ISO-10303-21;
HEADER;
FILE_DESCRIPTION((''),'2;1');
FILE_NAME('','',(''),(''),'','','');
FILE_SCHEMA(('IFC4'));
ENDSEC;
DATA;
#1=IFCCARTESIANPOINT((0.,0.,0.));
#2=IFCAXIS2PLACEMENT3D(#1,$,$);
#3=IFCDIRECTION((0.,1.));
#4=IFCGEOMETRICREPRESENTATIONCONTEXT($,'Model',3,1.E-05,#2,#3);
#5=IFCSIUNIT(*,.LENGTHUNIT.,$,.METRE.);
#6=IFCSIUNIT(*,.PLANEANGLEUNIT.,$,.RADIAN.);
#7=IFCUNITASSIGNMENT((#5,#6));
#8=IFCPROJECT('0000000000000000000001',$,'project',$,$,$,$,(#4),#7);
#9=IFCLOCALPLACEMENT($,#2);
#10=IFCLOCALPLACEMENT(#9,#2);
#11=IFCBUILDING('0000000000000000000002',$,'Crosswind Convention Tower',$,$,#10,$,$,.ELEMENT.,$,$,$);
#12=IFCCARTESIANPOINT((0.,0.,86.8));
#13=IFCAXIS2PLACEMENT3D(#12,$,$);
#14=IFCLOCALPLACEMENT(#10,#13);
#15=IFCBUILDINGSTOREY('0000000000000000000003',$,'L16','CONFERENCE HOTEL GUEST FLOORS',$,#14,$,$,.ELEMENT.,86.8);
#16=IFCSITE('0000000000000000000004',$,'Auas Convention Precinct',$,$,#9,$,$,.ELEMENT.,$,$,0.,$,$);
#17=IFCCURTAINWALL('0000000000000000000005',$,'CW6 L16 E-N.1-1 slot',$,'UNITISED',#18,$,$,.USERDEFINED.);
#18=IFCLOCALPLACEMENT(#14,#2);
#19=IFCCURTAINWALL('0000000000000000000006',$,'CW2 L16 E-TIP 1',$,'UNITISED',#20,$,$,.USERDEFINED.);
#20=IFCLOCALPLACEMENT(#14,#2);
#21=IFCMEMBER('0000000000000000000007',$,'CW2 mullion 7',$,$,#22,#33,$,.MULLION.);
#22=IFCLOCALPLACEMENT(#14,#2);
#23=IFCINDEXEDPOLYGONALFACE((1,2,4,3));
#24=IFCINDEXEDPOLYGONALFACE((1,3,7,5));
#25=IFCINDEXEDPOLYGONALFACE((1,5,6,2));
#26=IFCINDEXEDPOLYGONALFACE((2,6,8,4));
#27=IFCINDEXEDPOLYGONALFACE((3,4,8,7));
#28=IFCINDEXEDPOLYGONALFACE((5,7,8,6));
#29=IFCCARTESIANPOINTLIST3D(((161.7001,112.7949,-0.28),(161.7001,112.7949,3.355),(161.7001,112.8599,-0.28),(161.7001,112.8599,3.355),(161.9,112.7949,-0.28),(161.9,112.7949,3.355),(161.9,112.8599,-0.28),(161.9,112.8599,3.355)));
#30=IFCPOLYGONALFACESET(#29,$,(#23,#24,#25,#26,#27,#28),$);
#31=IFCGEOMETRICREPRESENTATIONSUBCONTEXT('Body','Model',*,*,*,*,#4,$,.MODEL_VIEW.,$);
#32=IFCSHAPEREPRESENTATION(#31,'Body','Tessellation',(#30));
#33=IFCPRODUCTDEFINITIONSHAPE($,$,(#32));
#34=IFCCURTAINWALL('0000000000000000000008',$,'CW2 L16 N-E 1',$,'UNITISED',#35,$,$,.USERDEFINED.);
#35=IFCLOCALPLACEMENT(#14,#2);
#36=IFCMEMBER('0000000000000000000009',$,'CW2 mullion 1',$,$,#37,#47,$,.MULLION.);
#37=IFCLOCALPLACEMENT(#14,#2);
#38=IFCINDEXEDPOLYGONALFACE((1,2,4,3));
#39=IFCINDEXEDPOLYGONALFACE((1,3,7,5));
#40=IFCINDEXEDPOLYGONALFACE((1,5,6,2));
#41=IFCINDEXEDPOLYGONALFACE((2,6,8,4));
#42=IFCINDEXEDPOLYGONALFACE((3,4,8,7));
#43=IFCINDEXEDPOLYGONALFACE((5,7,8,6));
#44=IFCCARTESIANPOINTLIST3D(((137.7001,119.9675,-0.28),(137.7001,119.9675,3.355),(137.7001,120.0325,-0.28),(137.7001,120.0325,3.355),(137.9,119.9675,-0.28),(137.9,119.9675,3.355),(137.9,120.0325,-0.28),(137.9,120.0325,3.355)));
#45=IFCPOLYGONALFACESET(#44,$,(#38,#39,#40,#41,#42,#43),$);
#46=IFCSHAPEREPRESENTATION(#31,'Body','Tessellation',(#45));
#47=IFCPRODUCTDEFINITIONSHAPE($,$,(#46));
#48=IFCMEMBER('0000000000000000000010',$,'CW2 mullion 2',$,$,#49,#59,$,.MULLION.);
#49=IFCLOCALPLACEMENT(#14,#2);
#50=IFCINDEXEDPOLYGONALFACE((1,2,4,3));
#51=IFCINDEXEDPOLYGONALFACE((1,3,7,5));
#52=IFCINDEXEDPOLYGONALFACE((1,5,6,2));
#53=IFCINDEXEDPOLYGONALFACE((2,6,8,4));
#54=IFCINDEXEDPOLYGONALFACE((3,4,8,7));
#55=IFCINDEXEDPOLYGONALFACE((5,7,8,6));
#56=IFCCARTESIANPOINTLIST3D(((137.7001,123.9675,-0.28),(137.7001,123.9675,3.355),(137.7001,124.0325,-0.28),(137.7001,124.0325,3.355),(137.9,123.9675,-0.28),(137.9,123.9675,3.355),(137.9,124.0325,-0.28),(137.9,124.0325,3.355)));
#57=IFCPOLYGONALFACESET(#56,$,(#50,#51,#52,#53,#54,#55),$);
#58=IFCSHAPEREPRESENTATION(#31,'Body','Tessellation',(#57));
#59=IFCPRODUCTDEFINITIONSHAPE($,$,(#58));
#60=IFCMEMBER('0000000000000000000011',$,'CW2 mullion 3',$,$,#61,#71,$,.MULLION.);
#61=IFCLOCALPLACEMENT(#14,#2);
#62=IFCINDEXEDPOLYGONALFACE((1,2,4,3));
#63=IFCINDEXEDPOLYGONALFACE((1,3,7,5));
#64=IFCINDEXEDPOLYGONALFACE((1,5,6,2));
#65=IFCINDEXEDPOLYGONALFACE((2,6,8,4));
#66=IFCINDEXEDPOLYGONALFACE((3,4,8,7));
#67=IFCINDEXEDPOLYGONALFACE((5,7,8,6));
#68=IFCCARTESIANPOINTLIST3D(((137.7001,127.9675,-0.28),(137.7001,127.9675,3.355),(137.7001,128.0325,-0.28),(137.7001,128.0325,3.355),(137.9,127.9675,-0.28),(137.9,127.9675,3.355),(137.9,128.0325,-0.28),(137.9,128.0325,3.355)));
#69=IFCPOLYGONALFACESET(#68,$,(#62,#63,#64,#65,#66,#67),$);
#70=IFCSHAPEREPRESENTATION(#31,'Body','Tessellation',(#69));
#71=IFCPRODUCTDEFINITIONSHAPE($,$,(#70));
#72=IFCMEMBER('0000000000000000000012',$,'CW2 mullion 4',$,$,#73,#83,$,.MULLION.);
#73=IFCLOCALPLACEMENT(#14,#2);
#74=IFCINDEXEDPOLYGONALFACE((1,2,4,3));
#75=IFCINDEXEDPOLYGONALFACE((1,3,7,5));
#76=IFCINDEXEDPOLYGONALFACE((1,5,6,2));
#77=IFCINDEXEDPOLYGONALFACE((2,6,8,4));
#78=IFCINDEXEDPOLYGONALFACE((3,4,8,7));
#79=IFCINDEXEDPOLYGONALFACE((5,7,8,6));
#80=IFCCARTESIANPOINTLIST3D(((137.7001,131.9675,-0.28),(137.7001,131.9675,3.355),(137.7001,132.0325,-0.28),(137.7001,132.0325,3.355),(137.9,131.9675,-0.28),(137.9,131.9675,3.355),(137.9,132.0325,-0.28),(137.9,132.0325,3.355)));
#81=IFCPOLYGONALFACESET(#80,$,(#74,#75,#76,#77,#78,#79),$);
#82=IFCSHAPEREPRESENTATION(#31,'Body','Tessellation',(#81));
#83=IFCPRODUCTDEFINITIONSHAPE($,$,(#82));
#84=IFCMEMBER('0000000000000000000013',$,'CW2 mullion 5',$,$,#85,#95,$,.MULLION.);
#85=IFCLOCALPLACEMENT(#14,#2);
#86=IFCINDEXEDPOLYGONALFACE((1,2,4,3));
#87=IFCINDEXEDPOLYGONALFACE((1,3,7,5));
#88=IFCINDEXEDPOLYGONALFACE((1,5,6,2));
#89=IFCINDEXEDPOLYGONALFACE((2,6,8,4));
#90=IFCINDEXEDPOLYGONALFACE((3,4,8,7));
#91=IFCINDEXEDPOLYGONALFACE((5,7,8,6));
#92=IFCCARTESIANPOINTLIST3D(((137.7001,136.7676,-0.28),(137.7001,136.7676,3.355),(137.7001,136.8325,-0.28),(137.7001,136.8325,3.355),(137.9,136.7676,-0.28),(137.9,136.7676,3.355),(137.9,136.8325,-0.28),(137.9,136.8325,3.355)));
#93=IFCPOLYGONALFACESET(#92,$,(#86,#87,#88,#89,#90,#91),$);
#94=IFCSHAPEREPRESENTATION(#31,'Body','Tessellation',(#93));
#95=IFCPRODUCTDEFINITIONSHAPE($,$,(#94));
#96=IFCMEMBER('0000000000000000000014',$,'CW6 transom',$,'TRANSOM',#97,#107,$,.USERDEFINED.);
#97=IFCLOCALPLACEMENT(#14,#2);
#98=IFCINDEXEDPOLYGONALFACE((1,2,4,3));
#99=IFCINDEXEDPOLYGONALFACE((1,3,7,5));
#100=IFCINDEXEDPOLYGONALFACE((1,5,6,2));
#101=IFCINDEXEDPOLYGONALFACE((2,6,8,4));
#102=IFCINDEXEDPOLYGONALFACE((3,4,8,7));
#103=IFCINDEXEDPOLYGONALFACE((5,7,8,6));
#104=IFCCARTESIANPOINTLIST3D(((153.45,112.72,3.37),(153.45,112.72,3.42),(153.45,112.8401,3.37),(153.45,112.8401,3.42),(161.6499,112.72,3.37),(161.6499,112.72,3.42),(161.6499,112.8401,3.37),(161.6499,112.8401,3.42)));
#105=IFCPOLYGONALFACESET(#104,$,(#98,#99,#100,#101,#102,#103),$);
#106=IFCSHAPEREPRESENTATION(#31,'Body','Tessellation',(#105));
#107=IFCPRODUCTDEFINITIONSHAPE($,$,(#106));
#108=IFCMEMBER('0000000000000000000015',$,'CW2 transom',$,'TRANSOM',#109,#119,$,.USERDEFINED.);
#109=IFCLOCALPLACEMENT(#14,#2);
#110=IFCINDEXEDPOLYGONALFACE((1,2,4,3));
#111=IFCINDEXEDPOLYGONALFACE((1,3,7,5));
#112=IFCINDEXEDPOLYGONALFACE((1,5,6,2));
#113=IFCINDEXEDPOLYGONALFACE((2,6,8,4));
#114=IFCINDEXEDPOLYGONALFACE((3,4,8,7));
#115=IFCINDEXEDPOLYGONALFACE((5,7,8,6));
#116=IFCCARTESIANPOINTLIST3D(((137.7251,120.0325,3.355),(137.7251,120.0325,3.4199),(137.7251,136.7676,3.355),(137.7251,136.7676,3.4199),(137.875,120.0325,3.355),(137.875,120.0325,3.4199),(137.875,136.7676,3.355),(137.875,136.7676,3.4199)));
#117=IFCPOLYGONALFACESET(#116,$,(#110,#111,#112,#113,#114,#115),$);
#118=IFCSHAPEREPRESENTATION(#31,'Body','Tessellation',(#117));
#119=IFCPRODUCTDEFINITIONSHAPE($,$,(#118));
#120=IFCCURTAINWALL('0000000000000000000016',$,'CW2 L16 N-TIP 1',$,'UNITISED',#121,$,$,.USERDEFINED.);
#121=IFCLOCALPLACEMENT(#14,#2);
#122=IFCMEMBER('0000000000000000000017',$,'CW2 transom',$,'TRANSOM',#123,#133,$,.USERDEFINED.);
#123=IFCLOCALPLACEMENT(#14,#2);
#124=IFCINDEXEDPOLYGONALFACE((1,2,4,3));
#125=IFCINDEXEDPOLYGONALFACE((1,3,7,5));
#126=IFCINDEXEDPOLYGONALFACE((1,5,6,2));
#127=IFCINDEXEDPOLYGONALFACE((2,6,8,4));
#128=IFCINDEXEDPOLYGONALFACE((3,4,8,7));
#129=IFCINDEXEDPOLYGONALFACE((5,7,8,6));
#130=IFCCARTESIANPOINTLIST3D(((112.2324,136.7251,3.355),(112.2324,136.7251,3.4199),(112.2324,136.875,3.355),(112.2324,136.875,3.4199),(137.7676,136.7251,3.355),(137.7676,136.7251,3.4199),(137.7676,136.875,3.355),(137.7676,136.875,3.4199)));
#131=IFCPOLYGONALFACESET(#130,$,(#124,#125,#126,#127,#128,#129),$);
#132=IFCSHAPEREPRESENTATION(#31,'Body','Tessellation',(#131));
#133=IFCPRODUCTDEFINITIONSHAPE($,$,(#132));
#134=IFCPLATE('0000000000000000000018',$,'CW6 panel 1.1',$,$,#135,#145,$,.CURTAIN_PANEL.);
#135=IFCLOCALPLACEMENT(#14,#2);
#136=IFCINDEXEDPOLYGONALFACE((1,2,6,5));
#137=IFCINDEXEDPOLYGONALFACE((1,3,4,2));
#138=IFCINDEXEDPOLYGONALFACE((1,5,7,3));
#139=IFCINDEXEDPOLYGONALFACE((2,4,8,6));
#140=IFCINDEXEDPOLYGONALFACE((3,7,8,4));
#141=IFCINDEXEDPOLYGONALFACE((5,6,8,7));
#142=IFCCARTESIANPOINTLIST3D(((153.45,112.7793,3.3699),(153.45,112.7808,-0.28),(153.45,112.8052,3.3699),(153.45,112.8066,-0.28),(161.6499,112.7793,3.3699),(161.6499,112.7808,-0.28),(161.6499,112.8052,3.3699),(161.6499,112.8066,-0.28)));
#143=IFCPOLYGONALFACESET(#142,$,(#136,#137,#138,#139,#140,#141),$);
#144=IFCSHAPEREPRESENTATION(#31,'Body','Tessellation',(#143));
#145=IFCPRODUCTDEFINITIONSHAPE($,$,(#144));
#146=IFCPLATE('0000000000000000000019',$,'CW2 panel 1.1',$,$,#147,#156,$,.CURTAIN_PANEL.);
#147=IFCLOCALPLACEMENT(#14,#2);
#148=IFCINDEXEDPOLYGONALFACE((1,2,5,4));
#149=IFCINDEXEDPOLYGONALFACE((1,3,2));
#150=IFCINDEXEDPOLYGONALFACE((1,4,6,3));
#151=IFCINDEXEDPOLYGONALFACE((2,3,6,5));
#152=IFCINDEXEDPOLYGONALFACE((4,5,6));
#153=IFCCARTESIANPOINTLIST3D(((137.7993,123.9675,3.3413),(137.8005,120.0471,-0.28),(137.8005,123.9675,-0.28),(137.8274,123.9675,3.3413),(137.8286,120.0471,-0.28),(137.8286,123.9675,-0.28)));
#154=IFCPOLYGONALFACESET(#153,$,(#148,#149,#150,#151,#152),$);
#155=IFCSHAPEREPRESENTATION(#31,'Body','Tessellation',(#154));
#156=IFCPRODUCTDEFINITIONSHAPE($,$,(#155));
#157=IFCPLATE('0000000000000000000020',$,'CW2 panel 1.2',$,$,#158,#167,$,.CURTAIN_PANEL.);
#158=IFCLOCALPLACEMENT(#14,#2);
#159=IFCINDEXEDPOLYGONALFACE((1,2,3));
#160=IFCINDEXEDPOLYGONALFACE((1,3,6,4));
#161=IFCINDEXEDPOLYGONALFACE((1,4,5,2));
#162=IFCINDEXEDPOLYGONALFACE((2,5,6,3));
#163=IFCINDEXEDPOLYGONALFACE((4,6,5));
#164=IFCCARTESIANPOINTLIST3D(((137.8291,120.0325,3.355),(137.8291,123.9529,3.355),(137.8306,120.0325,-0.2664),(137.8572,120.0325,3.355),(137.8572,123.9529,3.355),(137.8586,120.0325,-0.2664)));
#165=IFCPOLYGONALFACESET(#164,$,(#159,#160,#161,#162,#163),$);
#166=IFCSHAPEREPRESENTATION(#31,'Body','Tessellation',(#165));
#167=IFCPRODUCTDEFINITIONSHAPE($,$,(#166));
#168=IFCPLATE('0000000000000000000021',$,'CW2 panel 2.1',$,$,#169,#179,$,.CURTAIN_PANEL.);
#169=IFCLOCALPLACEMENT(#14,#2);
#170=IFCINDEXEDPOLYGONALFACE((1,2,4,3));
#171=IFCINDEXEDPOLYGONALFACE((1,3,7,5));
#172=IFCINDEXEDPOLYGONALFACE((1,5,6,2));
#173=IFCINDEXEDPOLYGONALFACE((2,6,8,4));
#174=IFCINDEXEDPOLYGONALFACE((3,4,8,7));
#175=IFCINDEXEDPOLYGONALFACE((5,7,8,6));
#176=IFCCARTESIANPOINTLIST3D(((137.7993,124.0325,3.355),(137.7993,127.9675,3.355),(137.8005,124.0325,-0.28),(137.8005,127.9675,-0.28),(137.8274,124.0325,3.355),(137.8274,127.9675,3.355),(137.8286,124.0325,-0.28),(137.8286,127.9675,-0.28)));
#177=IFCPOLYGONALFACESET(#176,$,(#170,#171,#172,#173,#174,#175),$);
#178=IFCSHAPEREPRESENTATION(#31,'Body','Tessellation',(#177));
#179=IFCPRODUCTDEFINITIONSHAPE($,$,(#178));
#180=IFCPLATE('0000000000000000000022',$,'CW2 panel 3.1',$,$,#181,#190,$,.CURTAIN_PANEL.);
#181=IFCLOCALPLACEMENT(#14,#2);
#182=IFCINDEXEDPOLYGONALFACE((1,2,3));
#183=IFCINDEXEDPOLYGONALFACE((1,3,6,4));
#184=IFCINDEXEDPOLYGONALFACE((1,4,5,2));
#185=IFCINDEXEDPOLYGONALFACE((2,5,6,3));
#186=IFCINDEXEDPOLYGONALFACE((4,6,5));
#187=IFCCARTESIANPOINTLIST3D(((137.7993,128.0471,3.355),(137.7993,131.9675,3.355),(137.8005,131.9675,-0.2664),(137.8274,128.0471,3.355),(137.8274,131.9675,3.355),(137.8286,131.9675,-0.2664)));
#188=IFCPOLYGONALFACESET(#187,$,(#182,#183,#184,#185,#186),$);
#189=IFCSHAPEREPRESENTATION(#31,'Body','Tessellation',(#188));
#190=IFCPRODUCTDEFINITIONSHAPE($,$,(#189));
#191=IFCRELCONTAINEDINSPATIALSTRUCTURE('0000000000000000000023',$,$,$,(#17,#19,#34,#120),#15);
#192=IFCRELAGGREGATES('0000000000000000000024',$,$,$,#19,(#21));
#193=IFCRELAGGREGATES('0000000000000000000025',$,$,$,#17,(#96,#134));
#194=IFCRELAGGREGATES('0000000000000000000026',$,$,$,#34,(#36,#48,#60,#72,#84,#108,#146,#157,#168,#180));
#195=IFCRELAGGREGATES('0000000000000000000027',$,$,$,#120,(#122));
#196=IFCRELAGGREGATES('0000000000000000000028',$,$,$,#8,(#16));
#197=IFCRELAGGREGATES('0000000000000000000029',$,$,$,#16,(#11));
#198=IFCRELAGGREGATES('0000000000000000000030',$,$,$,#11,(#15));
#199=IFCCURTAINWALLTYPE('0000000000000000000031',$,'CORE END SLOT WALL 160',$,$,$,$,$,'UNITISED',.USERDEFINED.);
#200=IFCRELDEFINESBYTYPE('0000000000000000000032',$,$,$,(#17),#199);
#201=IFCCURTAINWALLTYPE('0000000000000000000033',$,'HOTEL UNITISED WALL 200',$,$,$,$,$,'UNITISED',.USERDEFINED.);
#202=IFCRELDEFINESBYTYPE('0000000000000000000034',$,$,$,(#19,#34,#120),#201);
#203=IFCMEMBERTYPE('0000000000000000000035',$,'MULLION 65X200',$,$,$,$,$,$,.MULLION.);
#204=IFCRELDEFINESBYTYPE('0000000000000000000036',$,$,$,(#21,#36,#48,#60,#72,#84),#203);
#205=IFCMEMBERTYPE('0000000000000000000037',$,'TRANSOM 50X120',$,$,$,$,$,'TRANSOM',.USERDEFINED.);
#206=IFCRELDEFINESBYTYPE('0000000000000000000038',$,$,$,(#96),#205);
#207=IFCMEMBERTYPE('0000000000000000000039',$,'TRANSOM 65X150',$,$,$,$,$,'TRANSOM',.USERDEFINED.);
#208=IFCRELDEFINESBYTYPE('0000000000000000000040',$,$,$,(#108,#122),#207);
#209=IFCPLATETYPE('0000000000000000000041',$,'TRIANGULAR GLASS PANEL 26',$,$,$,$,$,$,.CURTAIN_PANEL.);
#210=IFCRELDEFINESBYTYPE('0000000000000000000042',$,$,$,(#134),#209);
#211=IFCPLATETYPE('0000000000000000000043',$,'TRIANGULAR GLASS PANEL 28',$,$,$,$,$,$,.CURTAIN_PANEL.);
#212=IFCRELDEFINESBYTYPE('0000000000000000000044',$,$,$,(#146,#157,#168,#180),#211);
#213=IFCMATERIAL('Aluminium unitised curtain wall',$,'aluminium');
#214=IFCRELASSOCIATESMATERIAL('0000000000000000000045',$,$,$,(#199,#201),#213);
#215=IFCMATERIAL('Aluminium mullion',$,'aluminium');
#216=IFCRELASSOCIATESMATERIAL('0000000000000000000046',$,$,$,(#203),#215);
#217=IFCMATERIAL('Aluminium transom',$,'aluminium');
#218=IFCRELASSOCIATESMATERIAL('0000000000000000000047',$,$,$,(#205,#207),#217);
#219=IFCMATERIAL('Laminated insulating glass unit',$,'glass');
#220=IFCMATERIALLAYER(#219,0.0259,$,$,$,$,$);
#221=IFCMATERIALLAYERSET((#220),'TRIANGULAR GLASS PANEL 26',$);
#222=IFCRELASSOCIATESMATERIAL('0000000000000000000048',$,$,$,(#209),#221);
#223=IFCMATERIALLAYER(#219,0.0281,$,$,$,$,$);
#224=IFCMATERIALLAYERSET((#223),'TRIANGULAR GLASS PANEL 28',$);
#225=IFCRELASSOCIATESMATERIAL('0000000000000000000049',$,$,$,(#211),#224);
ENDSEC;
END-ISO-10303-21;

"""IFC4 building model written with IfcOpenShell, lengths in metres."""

from ifc_helpers import new_model, si_unit, direction, frame, origin, origin_2d, place, context, subcontext, project, spatial, polyline, rectangle, outline, extrude, material, layer, layer_set, material_profile, profile_set, type_object, element, aggregate, save


model = new_model("IFC4")

# Units and contexts
model_context = context("Model", 3, precision=1e-05, world=origin(), true_north=direction((0.0, 1.0)))
body_context = subcontext(model_context, "Body", "Model", "MODEL_VIEW")
ifc_project = project(units=[si_unit("LENGTHUNIT", "METRE"), si_unit("PLANEANGLEUNIT", "RADIAN")], contexts=[model_context])

# Site, building, storey
site_placement = place(None, origin())
site = spatial("IfcSite", under=ifc_project, at=site_placement, Name="Auas Convention Precinct", CompositionType="ELEMENT", RefElevation=0.0)
building_placement = place(site_placement, origin())
building = spatial("IfcBuilding", under=site, at=building_placement, Name="Crosswind Convention Tower", CompositionType="ELEMENT")
storey_placement = place(building_placement, frame((0.0, 0.0, 86.8)))
storey = spatial("IfcBuildingStorey", under=building, at=storey_placement, Name="L16", Description="CONFERENCE HOTEL GUEST FLOORS", CompositionType="ELEMENT", Elevation=86.8)

# Curtain wall
ifc_material_1 = material(Name="Aluminium unitised curtain wall", Category="aluminium")
curtain_wall_type_1 = type_object("IfcCurtainWallType", Name="CORE END SLOT WALL 160", ElementType="UNITISED", PredefinedType="USERDEFINED", material=ifc_material_1)
curtain_wall_1_placement = place(storey_placement, origin())
curtain_wall_1 = element("IfcCurtainWall", 1, at=curtain_wall_1_placement, inside=storey, type_object=curtain_wall_type_1, Name="CW6 L16 E-N.1-1 slot", ObjectType="UNITISED", PredefinedType="USERDEFINED")
ifc_material_2 = material(Name="Aluminium mullion", Category="aluminium")

# Curtain wall, member
curtain_wall_type_2 = type_object("IfcCurtainWallType", Name="HOTEL UNITISED WALL 200", ElementType="UNITISED", PredefinedType="USERDEFINED", material=ifc_material_1)
curtain_wall_2_placement = place(storey_placement, origin())
curtain_wall_2 = element("IfcCurtainWall", 2, at=curtain_wall_2_placement, inside=storey, type_object=curtain_wall_type_2, Name="CW2 L16 E-TIP 1", ObjectType="UNITISED", PredefinedType="USERDEFINED")
ifc_material_profile_1 = material_profile(ifc_material_2, rectangle(XDim=0.2, YDim=0.0649, at=origin_2d()), Name="AL 200X65")
ifc_profile_set_1 = profile_set([ifc_material_profile_1], Name="Aluminium mullion")
member_type_1 = type_object("IfcMemberType", Name="MULLION 65X200", PredefinedType="MULLION", material=ifc_profile_set_1)
member_1_placement = place(storey_placement, frame((161.8, 112.8274, -0.28), z_axis=(0.0, 0.0, 1.0), x_axis=(1.0, 0.0, 0.0)))
member_1 = element("IfcMember", 3, at=member_1_placement, type_object=member_type_1, Name="CW2 mullion 7", PredefinedType="MULLION", context=body_context, shape_type="SweptSolid", body=[
    extrude(rectangle(XDim=0.2, YDim=0.0649, at=origin_2d()), origin(), (0.0, 0.0, 1.0), 3.635),
])
aggregate(curtain_wall_2, [member_1])

# Curtain wall, members
curtain_wall_3_placement = place(storey_placement, origin())
curtain_wall_3 = element("IfcCurtainWall", 4, at=curtain_wall_3_placement, inside=storey, type_object=curtain_wall_type_2, Name="CW2 L16 N-E 1", ObjectType="UNITISED", PredefinedType="USERDEFINED")
member_2_placement = place(storey_placement, frame((137.8, 120.0, -0.28), z_axis=(0.0, 0.0, 1.0), x_axis=(1.0, 0.0, 0.0)))
member_2 = element("IfcMember", 5, at=member_2_placement, type_object=member_type_1, Name="CW2 mullion 1", PredefinedType="MULLION", context=body_context, shape_type="SweptSolid", body=[
    extrude(rectangle(XDim=0.2, YDim=0.0649, at=origin_2d()), origin(), (0.0, 0.0, 1.0), 3.635),
])
member_3_placement = place(storey_placement, frame((137.8, 124.0, -0.28), z_axis=(0.0, 0.0, 1.0), x_axis=(1.0, 0.0, 0.0)))
member_3 = element("IfcMember", 6, at=member_3_placement, type_object=member_type_1, Name="CW2 mullion 2", PredefinedType="MULLION", context=body_context, shape_type="SweptSolid", body=[
    extrude(rectangle(XDim=0.2, YDim=0.0649, at=origin_2d()), origin(), (0.0, 0.0, 1.0), 3.635),
])
member_4_placement = place(storey_placement, frame((137.8, 128.0, -0.28), z_axis=(0.0, 0.0, 1.0), x_axis=(1.0, 0.0, 0.0)))
member_4 = element("IfcMember", 7, at=member_4_placement, type_object=member_type_1, Name="CW2 mullion 3", PredefinedType="MULLION", context=body_context, shape_type="SweptSolid", body=[
    extrude(rectangle(XDim=0.2, YDim=0.0649, at=origin_2d()), origin(), (0.0, 0.0, 1.0), 3.635),
])
member_5_placement = place(storey_placement, frame((137.8, 132.0, -0.28), z_axis=(0.0, 0.0, 1.0), x_axis=(1.0, 0.0, 0.0)))
member_5 = element("IfcMember", 8, at=member_5_placement, type_object=member_type_1, Name="CW2 mullion 4", PredefinedType="MULLION", context=body_context, shape_type="SweptSolid", body=[
    extrude(rectangle(XDim=0.2, YDim=0.0649, at=origin_2d()), origin(), (0.0, 0.0, 1.0), 3.635),
])
member_6_placement = place(storey_placement, frame((137.8, 136.8, -0.28), z_axis=(0.0, 0.0, 1.0), x_axis=(1.0, 0.0, 0.0)))
member_6 = element("IfcMember", 9, at=member_6_placement, type_object=member_type_1, Name="CW2 mullion 5", PredefinedType="MULLION", context=body_context, shape_type="SweptSolid", body=[
    extrude(rectangle(XDim=0.2, YDim=0.0649, at=origin_2d()), origin(), (0.0, 0.0, 1.0), 3.635),
])

# Members
ifc_material_3 = material(Name="Aluminium transom", Category="aluminium")
ifc_material_profile_2 = material_profile(ifc_material_3, rectangle(XDim=0.1201, YDim=0.05, at=origin_2d()), Name="AL 120X50")
ifc_profile_set_2 = profile_set([ifc_material_profile_2], Name="Aluminium transom")
member_type_2 = type_object("IfcMemberType", Name="TRANSOM 50X120", ElementType="TRANSOM", PredefinedType="USERDEFINED", material=ifc_profile_set_2)
member_7_placement = place(storey_placement, frame((161.6499, 112.78, 3.395), z_axis=(-1.0, 0.0, 0.0), x_axis=(0.0, -1.0, 0.0)))
member_7 = element("IfcMember", 10, at=member_7_placement, type_object=member_type_2, Name="CW6 transom", ObjectType="TRANSOM", PredefinedType="USERDEFINED", context=body_context, shape_type="SweptSolid", body=[
    extrude(rectangle(XDim=0.1201, YDim=0.05, at=origin_2d()), origin(), (0.0, 0.0, 1.0), 8.2),
])
ifc_material_profile_3 = material_profile(ifc_material_3, rectangle(XDim=0.1499, YDim=0.0649, at=origin_2d()), Name="AL 150X65")
ifc_profile_set_3 = profile_set([ifc_material_profile_3], Name="Aluminium transom")
member_type_3 = type_object("IfcMemberType", Name="TRANSOM 65X150", ElementType="TRANSOM", PredefinedType="USERDEFINED", material=ifc_profile_set_3)
member_8_placement = place(storey_placement, frame((137.8, 120.0325, 3.3875), z_axis=(0.0, 1.0, 0.0), x_axis=(-1.0, 0.0, 0.0)))
member_8 = element("IfcMember", 11, at=member_8_placement, type_object=member_type_3, Name="CW2 transom", ObjectType="TRANSOM", PredefinedType="USERDEFINED", context=body_context, shape_type="SweptSolid", body=[
    extrude(rectangle(XDim=0.1499, YDim=0.0649, at=origin_2d()), origin(), (0.0, 0.0, 1.0), 16.7351),
])

# Curtain wall, member
curtain_wall_4_placement = place(storey_placement, origin())
curtain_wall_4 = element("IfcCurtainWall", 12, at=curtain_wall_4_placement, inside=storey, type_object=curtain_wall_type_2, Name="CW2 L16 N-TIP 1", ObjectType="UNITISED", PredefinedType="USERDEFINED")
member_9_placement = place(storey_placement, frame((137.7676, 136.8, 3.3875), z_axis=(-1.0, 0.0, 0.0), x_axis=(0.0, -1.0, 0.0)))
member_9 = element("IfcMember", 13, at=member_9_placement, type_object=member_type_3, Name="CW2 transom", ObjectType="TRANSOM", PredefinedType="USERDEFINED", context=body_context, shape_type="SweptSolid", body=[
    extrude(rectangle(XDim=0.1499, YDim=0.0649, at=origin_2d()), origin(), (0.0, 0.0, 1.0), 25.5352),
])

# Plates
ifc_material_4 = material(Name="Laminated insulating glass unit", Category="glass")
ifc_layer_1 = layer(ifc_material_4, 0.0259)
ifc_layer_set_1 = layer_set([ifc_layer_1], Name="TRIANGULAR GLASS PANEL 26")
plate_type_1 = type_object("IfcPlateType", Name="TRIANGULAR GLASS PANEL 26", PredefinedType="CURTAIN_PANEL", material=ifc_layer_set_1)
plate_1_placement = place(storey_placement, frame((161.6499, 112.8066, -0.28), z_axis=(0.0, 1.0, 0.000401), x_axis=(-1.0, 0.0, 0.0)))
plate_1 = element("IfcPlate", 14, at=plate_1_placement, type_object=plate_type_1, Name="CW6 panel 1.1", PredefinedType="CURTAIN_PANEL", context=body_context, shape_type="SweptSolid", body=[
    extrude(outline(polyline([(0.0, 0.0), (8.2, 0.0), (8.2, 3.6499), (0.0, 3.6499), (0.0, 0.0)])), origin(), (0.0, 0.0, -1.0), 0.0259),
])
aggregate(curtain_wall_1, [member_7, plate_1])
ifc_layer_2 = layer(ifc_material_4, 0.0281)
ifc_layer_set_2 = layer_set([ifc_layer_2], Name="TRIANGULAR GLASS PANEL 28")
plate_type_2 = type_object("IfcPlateType", Name="TRIANGULAR GLASS PANEL 28", PredefinedType="CURTAIN_PANEL", material=ifc_layer_set_2)
plate_2_placement = place(storey_placement, frame((137.8286, 123.9675, -0.28), z_axis=(1.0, 0.0, 0.000337), x_axis=(-0.000337, 0.0, 1.0)))
plate_2 = element("IfcPlate", 15, at=plate_2_placement, type_object=plate_type_2, Name="CW2 panel 1.1", PredefinedType="CURTAIN_PANEL", context=body_context, shape_type="SweptSolid", body=[
    extrude(outline(polyline([(0.0, 0.0), (3.6213, 0.0), (0.0, 3.9204), (0.0, 0.0)])), origin(), (0.0, 0.0, -1.0), 0.0281),
])
plate_3_placement = place(storey_placement, frame((137.8572, 120.0325, 3.355), z_axis=(1.0, 0.0, 0.000405), x_axis=(0.000405, 0.0, -1.0)))
plate_3 = element("IfcPlate", 16, at=plate_3_placement, type_object=plate_type_2, Name="CW2 panel 1.2", PredefinedType="CURTAIN_PANEL", context=body_context, shape_type="SweptSolid", body=[
    extrude(outline(polyline([(0.0, 0.0), (3.6213, 0.0), (0.0, 3.9204), (0.0, 0.0)])), origin(), (0.0, 0.0, -1.0), 0.0281),
])
plate_4_placement = place(storey_placement, frame((137.8286, 124.0325, -0.28), z_axis=(1.0, 0.0, 0.000336), x_axis=(0.0, 1.0, 0.0)))
plate_4 = element("IfcPlate", 17, at=plate_4_placement, type_object=plate_type_2, Name="CW2 panel 2.1", PredefinedType="CURTAIN_PANEL", context=body_context, shape_type="SweptSolid", body=[
    extrude(outline(polyline([(0.0, 0.0), (3.9351, 0.0), (3.9351, 3.635), (0.0, 3.635), (0.0, 0.0)])), origin(), (0.0, 0.0, -1.0), 0.0281),
])
plate_5_placement = place(storey_placement, frame((137.8274, 131.9675, 3.355), z_axis=(1.0, 0.0, 0.000337), x_axis=(0.0, -1.0, 0.0)))
plate_5 = element("IfcPlate", 18, at=plate_5_placement, type_object=plate_type_2, Name="CW2 panel 3.1", PredefinedType="CURTAIN_PANEL", context=body_context, shape_type="SweptSolid", body=[
    extrude(outline(polyline([(0.0, 0.0), (3.9204, 0.0), (0.0, 3.6213), (0.0, 0.0)])), origin(), (0.0, 0.0, -1.0), 0.0281),
])

aggregate(curtain_wall_3, [member_2, member_3, member_4, member_5, member_6, member_8, plate_2, plate_3, plate_4, plate_5])
aggregate(curtain_wall_4, [member_9])

save(model, "model.ifc")
